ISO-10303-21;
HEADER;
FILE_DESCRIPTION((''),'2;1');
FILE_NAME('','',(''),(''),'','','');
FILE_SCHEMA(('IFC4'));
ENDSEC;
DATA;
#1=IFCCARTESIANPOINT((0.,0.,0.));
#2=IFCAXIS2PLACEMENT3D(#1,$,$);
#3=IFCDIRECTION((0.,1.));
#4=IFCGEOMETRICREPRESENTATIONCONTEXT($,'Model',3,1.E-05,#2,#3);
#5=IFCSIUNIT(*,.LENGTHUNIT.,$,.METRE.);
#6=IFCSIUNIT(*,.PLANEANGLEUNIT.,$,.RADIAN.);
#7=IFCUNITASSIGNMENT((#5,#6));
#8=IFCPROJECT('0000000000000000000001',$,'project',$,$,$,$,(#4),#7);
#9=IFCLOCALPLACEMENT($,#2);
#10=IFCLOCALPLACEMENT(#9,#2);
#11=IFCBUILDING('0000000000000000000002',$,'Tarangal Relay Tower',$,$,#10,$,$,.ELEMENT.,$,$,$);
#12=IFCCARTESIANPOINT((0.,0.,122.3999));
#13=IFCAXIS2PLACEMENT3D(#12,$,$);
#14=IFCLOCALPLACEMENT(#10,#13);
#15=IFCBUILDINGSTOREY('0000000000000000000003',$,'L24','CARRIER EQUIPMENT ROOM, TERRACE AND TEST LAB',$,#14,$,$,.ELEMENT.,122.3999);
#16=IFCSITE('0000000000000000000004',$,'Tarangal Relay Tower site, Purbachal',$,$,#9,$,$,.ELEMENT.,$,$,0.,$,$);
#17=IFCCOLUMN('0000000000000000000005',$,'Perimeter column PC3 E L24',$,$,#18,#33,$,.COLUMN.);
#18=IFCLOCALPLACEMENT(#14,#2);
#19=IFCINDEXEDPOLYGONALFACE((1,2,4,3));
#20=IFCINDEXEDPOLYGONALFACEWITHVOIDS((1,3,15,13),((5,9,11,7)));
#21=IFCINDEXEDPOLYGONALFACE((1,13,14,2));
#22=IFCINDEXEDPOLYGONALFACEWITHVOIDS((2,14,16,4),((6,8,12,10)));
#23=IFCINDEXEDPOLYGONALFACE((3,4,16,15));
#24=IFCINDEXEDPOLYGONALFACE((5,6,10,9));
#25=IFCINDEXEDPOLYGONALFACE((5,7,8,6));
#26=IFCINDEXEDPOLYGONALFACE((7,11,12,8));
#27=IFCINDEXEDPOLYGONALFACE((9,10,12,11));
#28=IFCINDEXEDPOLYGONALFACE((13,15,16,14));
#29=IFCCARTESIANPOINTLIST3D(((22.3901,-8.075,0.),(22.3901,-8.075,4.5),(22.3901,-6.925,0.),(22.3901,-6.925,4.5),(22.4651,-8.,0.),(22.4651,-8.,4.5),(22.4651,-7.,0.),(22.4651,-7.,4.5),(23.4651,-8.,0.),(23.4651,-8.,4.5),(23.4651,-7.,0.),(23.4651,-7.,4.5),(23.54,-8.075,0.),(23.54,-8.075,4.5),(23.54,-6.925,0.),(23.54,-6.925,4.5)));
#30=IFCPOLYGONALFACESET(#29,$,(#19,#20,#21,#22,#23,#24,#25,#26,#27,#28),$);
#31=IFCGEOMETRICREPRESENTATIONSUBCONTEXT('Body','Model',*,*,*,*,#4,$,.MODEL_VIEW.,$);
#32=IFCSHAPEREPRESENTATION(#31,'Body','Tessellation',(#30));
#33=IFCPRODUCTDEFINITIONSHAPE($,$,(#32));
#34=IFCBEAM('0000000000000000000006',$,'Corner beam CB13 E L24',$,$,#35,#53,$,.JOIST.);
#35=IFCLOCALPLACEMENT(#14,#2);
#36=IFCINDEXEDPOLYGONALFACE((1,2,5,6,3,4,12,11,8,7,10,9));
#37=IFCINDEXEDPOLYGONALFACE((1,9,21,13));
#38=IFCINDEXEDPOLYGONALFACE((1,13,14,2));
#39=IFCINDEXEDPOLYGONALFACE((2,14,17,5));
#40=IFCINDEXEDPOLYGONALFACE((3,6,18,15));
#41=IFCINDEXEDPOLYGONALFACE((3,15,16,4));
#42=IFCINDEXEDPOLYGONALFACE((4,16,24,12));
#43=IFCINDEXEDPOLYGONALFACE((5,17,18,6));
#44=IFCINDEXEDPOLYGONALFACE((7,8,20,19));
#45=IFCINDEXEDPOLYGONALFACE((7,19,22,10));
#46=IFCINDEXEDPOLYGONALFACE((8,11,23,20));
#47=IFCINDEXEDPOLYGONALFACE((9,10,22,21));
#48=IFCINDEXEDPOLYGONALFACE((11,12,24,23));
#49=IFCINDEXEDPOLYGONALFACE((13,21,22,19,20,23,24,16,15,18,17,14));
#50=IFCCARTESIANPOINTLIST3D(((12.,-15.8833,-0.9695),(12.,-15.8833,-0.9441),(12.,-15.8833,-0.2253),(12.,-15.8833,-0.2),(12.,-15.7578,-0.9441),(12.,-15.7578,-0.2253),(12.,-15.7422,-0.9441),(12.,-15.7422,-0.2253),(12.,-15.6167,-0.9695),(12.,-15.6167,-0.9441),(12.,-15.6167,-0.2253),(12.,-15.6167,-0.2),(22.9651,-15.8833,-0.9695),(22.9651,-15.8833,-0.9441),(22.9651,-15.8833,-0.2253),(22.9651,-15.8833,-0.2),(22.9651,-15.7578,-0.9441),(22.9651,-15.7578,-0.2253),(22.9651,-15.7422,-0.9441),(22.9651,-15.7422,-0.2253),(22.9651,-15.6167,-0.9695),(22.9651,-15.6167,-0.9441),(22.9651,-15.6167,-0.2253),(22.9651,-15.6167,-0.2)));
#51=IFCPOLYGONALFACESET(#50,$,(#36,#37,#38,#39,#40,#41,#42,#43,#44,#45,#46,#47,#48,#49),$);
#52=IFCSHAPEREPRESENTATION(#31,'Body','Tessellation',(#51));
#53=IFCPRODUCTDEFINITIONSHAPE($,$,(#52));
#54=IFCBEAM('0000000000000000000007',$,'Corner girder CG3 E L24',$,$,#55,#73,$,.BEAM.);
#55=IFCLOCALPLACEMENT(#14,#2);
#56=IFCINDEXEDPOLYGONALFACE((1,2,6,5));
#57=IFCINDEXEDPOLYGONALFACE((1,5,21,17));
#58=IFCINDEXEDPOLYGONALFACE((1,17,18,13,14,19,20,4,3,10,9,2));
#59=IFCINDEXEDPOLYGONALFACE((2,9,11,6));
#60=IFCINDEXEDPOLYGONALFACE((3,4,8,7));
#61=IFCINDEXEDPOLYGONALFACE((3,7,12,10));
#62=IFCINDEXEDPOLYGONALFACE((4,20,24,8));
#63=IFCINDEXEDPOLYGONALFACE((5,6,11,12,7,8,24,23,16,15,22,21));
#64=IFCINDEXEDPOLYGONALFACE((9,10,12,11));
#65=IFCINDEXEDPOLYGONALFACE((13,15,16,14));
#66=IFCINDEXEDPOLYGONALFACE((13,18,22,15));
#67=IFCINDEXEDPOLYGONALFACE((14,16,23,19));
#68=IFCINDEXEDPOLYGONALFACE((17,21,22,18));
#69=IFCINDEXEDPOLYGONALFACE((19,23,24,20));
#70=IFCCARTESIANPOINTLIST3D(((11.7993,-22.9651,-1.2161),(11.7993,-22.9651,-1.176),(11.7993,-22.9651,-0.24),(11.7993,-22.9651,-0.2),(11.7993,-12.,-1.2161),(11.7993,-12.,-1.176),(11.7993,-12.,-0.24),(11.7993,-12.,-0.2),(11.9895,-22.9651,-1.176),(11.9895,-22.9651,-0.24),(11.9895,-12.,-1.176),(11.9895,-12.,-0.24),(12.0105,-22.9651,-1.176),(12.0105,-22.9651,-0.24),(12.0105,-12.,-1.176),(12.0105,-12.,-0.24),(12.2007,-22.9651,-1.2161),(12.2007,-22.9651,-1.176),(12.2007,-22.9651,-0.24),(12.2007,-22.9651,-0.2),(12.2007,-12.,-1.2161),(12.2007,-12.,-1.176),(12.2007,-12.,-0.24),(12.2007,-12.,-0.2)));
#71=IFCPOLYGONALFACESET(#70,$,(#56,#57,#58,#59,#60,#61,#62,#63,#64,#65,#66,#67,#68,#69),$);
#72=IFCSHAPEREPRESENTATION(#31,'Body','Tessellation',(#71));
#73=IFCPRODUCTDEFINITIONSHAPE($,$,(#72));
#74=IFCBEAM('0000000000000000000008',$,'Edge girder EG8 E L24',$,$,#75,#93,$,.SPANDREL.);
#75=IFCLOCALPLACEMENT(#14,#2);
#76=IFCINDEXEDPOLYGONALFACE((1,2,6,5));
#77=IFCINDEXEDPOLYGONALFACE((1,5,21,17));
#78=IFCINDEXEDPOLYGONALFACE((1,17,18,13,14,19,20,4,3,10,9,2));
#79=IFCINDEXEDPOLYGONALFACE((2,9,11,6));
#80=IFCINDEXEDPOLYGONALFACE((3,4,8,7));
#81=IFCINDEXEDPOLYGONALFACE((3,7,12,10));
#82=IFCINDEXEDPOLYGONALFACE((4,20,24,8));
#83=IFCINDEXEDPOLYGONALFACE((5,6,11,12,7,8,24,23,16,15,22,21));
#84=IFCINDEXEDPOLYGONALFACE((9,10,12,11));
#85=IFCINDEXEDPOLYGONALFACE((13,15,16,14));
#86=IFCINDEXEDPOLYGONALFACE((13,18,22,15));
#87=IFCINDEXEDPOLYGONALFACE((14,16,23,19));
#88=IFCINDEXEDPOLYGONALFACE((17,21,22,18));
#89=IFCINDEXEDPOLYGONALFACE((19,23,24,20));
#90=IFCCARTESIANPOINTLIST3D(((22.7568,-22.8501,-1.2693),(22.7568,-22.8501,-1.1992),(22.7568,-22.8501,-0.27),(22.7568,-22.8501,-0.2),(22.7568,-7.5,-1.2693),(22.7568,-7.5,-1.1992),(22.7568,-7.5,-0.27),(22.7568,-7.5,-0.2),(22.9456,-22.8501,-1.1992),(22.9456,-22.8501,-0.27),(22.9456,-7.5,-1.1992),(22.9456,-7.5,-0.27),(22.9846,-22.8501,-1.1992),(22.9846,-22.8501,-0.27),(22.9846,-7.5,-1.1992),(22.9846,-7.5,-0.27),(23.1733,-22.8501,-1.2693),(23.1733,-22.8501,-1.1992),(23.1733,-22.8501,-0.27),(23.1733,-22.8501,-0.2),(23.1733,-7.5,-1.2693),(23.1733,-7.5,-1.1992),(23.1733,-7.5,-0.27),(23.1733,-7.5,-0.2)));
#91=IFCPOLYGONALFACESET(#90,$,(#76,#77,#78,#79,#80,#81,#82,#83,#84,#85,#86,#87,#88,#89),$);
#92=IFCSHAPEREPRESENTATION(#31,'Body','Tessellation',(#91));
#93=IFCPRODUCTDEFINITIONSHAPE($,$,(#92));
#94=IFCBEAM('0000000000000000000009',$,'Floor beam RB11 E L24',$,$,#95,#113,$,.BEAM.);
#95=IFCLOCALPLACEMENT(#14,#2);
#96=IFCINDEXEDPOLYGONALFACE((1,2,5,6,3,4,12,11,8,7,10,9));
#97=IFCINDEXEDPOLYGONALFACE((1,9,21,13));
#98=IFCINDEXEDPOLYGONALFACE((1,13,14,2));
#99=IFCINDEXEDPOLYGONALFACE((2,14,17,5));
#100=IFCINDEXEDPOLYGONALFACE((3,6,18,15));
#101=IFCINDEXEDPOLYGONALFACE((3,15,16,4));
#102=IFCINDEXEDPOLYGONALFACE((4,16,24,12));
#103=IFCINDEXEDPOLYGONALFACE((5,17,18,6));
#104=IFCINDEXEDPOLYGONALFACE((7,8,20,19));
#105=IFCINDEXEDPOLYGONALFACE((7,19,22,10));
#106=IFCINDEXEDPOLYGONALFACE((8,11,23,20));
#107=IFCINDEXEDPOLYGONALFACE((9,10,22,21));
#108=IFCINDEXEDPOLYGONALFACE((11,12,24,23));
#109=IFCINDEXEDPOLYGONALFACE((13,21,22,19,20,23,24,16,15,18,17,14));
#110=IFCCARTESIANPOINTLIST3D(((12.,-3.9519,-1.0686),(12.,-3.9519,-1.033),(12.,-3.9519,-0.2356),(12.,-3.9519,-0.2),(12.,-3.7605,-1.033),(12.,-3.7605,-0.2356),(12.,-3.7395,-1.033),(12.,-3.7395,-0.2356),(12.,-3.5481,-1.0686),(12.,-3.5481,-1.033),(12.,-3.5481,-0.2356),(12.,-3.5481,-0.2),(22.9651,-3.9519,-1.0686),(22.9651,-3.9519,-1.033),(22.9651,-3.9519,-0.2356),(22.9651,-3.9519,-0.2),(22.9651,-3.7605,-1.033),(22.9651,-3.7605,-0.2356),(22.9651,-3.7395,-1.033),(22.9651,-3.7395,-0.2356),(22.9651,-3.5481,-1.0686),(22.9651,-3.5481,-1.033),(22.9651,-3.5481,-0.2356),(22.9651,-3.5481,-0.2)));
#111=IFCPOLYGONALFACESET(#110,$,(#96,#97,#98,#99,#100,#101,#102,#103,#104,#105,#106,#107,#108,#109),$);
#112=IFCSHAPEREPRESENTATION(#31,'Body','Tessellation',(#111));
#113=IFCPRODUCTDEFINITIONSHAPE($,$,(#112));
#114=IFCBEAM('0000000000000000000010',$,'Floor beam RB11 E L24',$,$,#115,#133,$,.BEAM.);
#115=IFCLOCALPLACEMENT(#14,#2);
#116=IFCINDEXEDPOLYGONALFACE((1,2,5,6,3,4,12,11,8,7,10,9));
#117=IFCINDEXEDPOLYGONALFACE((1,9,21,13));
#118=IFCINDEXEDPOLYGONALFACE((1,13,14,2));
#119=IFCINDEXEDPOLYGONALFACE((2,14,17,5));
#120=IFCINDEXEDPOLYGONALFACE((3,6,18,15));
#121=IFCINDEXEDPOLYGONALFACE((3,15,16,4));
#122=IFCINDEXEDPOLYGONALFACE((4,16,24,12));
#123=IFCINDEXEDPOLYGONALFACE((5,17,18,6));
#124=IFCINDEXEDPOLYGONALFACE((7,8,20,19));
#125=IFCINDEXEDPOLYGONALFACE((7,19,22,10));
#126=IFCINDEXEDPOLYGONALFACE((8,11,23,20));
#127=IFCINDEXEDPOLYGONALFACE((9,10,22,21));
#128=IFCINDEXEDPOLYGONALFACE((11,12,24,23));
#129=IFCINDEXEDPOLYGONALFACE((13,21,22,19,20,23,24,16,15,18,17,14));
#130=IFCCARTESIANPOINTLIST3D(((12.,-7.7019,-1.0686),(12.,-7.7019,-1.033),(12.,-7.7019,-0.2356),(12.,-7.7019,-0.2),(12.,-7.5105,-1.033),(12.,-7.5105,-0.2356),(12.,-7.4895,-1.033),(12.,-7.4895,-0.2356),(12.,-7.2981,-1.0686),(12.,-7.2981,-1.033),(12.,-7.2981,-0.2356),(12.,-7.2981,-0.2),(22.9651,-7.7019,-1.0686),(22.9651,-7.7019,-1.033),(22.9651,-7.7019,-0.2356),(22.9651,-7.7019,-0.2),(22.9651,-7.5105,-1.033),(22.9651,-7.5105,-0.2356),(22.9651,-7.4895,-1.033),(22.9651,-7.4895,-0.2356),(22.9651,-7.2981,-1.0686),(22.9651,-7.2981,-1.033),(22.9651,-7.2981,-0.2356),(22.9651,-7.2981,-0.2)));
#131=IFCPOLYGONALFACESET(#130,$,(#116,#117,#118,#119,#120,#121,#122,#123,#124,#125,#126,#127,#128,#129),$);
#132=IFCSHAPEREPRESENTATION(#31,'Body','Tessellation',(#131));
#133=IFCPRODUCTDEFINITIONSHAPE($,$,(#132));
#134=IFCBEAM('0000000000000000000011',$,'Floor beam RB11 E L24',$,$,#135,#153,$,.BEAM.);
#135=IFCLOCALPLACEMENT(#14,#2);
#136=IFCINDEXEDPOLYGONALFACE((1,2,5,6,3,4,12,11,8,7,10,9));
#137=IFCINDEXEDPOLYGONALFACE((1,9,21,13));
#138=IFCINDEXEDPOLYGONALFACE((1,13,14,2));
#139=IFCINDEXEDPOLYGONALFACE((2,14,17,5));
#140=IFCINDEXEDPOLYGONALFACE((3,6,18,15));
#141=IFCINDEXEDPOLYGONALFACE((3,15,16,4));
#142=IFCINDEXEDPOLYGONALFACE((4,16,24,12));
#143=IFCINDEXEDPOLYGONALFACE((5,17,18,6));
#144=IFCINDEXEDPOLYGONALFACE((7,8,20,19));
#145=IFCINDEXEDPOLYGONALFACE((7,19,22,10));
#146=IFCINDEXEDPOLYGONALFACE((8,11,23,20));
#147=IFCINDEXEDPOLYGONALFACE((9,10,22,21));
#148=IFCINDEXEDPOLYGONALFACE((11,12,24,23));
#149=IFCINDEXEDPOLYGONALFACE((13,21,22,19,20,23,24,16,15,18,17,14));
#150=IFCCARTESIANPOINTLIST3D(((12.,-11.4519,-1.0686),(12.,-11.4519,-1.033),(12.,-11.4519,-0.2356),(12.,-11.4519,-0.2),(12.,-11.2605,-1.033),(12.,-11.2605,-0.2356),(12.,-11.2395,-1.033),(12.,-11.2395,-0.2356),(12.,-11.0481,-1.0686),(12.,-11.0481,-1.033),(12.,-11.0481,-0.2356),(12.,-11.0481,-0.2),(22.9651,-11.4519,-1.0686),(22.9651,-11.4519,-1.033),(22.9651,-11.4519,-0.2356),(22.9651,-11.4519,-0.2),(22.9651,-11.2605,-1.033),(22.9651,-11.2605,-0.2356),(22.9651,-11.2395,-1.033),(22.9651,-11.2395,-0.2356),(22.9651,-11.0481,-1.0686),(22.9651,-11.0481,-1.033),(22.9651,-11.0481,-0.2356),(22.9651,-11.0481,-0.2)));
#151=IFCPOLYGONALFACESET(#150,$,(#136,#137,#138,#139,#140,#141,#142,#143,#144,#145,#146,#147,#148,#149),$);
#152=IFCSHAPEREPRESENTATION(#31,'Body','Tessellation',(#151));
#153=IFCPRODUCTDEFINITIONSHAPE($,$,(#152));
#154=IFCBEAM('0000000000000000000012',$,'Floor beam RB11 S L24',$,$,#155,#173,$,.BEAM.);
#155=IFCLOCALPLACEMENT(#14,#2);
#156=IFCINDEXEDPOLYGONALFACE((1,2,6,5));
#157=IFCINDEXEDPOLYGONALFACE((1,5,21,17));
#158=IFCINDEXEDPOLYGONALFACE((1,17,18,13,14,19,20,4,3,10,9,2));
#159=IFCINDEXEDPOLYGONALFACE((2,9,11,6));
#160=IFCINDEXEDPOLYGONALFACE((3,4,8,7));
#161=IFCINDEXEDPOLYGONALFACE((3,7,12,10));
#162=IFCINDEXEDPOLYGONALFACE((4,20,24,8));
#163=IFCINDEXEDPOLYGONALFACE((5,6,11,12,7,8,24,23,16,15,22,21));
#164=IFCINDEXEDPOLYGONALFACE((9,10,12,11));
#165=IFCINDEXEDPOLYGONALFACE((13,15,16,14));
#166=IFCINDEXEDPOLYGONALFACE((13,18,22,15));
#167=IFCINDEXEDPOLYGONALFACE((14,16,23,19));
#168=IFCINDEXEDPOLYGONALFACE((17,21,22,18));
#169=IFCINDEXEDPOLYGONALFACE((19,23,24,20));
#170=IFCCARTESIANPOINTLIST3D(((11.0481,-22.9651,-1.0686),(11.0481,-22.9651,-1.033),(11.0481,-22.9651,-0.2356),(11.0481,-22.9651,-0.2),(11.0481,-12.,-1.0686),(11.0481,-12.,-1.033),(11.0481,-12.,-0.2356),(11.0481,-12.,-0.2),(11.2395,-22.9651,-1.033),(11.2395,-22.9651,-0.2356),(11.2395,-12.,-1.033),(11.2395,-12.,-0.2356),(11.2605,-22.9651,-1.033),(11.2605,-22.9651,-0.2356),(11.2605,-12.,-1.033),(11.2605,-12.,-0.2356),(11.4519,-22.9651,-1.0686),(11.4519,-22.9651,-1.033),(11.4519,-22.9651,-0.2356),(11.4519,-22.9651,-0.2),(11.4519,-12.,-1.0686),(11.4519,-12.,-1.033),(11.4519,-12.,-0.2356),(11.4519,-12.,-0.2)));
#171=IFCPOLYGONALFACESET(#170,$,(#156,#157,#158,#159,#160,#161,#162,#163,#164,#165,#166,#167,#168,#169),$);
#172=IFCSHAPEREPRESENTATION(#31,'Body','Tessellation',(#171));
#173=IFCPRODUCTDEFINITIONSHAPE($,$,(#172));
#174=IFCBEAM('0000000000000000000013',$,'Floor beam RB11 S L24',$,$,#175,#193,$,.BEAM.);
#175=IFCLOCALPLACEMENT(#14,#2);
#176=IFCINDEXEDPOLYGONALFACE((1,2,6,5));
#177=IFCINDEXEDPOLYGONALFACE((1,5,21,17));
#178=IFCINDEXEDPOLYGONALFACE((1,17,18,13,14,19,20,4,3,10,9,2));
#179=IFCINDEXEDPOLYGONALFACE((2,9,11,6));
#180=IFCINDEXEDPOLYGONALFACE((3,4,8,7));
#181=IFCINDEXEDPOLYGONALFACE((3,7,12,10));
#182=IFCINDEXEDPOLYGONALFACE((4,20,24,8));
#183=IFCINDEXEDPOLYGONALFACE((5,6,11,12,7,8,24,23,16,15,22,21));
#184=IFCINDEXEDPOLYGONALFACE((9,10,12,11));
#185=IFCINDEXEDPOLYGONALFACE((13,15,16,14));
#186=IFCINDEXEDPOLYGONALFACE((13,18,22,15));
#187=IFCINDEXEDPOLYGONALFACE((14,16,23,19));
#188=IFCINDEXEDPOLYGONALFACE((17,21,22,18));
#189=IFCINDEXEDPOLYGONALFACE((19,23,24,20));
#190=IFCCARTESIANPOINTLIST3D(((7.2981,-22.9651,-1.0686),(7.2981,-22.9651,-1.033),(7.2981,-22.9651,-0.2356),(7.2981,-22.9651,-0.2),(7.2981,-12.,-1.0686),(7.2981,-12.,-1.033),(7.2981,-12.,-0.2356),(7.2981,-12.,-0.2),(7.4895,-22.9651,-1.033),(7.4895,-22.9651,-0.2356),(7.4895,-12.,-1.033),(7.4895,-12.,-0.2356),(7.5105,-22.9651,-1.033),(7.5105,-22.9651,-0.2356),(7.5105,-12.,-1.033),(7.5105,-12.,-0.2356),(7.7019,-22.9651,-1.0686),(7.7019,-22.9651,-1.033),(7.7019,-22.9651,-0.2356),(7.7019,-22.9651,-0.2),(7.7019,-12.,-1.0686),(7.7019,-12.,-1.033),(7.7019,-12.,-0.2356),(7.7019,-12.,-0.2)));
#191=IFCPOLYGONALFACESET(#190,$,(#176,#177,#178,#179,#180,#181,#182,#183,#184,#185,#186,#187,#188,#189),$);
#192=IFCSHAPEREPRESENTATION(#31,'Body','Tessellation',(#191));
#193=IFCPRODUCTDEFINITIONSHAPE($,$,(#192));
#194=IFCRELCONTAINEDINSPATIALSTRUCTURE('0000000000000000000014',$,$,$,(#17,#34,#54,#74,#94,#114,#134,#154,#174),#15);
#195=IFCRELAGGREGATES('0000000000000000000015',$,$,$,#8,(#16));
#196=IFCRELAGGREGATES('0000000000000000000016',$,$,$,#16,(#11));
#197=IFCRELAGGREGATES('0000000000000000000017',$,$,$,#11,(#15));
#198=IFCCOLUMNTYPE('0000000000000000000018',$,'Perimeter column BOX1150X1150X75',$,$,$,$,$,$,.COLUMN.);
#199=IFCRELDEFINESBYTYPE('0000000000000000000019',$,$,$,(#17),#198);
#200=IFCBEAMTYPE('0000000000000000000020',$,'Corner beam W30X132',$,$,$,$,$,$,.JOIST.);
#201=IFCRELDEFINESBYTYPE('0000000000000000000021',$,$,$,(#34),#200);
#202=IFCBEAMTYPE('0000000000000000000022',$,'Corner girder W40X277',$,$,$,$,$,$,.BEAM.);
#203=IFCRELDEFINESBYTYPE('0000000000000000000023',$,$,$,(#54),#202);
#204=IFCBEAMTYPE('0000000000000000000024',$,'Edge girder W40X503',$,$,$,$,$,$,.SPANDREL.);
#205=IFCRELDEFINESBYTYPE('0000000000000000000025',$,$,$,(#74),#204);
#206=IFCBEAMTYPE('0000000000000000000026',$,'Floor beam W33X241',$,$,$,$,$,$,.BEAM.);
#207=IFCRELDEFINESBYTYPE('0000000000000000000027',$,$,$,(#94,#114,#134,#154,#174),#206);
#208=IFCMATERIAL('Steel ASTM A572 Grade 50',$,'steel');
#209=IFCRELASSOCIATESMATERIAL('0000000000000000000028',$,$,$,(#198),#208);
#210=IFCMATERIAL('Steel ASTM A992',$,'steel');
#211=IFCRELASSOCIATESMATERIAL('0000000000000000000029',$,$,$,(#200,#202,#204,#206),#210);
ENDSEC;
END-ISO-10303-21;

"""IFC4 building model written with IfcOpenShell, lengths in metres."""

from ifc_helpers import new_model, si_unit, direction, frame, origin, origin_2d, place, context, subcontext, project, spatial, hollow_rectangle, i_section, extrude, material, material_profile, profile_set, type_object, element, save


model = new_model("IFC4")

# Units and contexts
model_context = context("Model", 3, precision=1e-05, world=origin(), true_north=direction((0.0, 1.0)))
body_context = subcontext(model_context, "Body", "Model", "MODEL_VIEW")
ifc_project = project(units=[si_unit("LENGTHUNIT", "METRE"), si_unit("PLANEANGLEUNIT", "RADIAN")], contexts=[model_context])

# Site, building, storey
site_placement = place(None, origin())
site = spatial("IfcSite", under=ifc_project, at=site_placement, Name="Tarangal Relay Tower site, Purbachal", CompositionType="ELEMENT", RefElevation=0.0)
building_placement = place(site_placement, origin())
building = spatial("IfcBuilding", under=site, at=building_placement, Name="Tarangal Relay Tower", CompositionType="ELEMENT")
storey_placement = place(building_placement, frame((0.0, 0.0, 122.3999)))
storey = spatial("IfcBuildingStorey", under=building, at=storey_placement, Name="L24", Description="CARRIER EQUIPMENT ROOM, TERRACE AND TEST LAB", CompositionType="ELEMENT", Elevation=122.3999)

# Column
ifc_material_1 = material(Name="Steel ASTM A572 Grade 50", Category="steel")
ifc_material_profile_1 = material_profile(ifc_material_1, hollow_rectangle(XDim=1.1499, YDim=1.1499, WallThickness=0.075, at=origin_2d()), Name="BOX1150X1150X75")
ifc_profile_set_1 = profile_set([ifc_material_profile_1], Name="Steel ASTM A572 Grade 50")
column_type = type_object("IfcColumnType", Name="Perimeter column BOX1150X1150X75", PredefinedType="COLUMN", material=ifc_profile_set_1)
column_placement = place(storey_placement, frame((22.9651, -7.5, 0.0), z_axis=(0.0, 0.0, 1.0), x_axis=(1.0, 0.0, 0.0)))
element("IfcColumn", 1, at=column_placement, inside=storey, type_object=column_type, Name="Perimeter column PC3 E L24", PredefinedType="COLUMN", context=body_context, shape_type="SweptSolid", body=[
    extrude(hollow_rectangle(XDim=1.1499, YDim=1.1499, WallThickness=0.075, at=origin_2d()), origin(), (0.0, 0.0, 1.0), 4.5),
])

# Beams
ifc_material_2 = material(Name="Steel ASTM A992", Category="steel")
ifc_material_profile_2 = material_profile(ifc_material_2, i_section(OverallWidth=0.2666, OverallDepth=0.7695, WebThickness=0.0156, FlangeThickness=0.0254, at=origin_2d()), Name="W30X132")
ifc_profile_set_2 = profile_set([ifc_material_profile_2], Name="Steel ASTM A992")
beam_type_1 = type_object("IfcBeamType", Name="Corner beam W30X132", PredefinedType="JOIST", material=ifc_profile_set_2)
beam_1_placement = place(storey_placement, frame((12.0, -15.75, -0.5847), z_axis=(1.0, 0.0, 0.0), x_axis=(0.0, 1.0, 0.0)))
element("IfcBeam", 2, at=beam_1_placement, inside=storey, type_object=beam_type_1, Name="Corner beam CB13 E L24", PredefinedType="JOIST", context=body_context, shape_type="SweptSolid", body=[
    extrude(i_section(OverallWidth=0.2666, OverallDepth=0.7695, WebThickness=0.0156, FlangeThickness=0.0254, at=origin_2d()), origin(), (0.0, 0.0, 1.0), 10.9651),
])
ifc_material_profile_3 = material_profile(ifc_material_2, i_section(OverallWidth=0.4014, OverallDepth=1.0161, WebThickness=0.021, FlangeThickness=0.04, at=origin_2d()), Name="W40X277")
ifc_profile_set_3 = profile_set([ifc_material_profile_3], Name="Steel ASTM A992")
beam_type_2 = type_object("IfcBeamType", Name="Corner girder W40X277", PredefinedType="BEAM", material=ifc_profile_set_3)
beam_2_placement = place(storey_placement, frame((12.0, -12.0, -0.708), z_axis=(0.0, -1.0, 0.0), x_axis=(1.0, 0.0, 0.0)))
element("IfcBeam", 3, at=beam_2_placement, inside=storey, type_object=beam_type_2, Name="Corner girder CG3 E L24", PredefinedType="BEAM", context=body_context, shape_type="SweptSolid", body=[
    extrude(i_section(OverallWidth=0.4014, OverallDepth=1.0161, WebThickness=0.021, FlangeThickness=0.04, at=origin_2d()), origin(), (0.0, 0.0, 1.0), 10.9651),
])
ifc_material_profile_4 = material_profile(ifc_material_2, i_section(OverallWidth=0.4165, OverallDepth=1.0693, WebThickness=0.0391, FlangeThickness=0.0701, at=origin_2d()), Name="W40X503")
ifc_profile_set_4 = profile_set([ifc_material_profile_4], Name="Steel ASTM A992")
beam_type_3 = type_object("IfcBeamType", Name="Edge girder W40X503", PredefinedType="SPANDREL", material=ifc_profile_set_4)
beam_3_placement = place(storey_placement, frame((22.9651, -7.5, -0.7346), z_axis=(0.0, -1.0, 0.0), x_axis=(1.0, 0.0, 0.0)))
element("IfcBeam", 4, at=beam_3_placement, inside=storey, type_object=beam_type_3, Name="Edge girder EG8 E L24", PredefinedType="SPANDREL", context=body_context, shape_type="SweptSolid", body=[
    extrude(i_section(OverallWidth=0.4165, OverallDepth=1.0693, WebThickness=0.0391, FlangeThickness=0.0701, at=origin_2d()), origin(), (0.0, 0.0, 1.0), 15.3501),
])
ifc_material_profile_5 = material_profile(ifc_material_2, i_section(OverallWidth=0.4038, OverallDepth=0.8687, WebThickness=0.021, FlangeThickness=0.0356, at=origin_2d()), Name="W33X241")
ifc_profile_set_5 = profile_set([ifc_material_profile_5], Name="Steel ASTM A992")
beam_type_4 = type_object("IfcBeamType", Name="Floor beam W33X241", PredefinedType="BEAM", material=ifc_profile_set_5)
for number, where, z_axis, x_axis, name in (
    (5, (12.0, -3.75, -0.6343), (1.0, 0.0, 0.0), (0.0, 1.0, 0.0), "Floor beam RB11 E L24"),
    (6, (12.0, -7.5, -0.6343), (1.0, 0.0, 0.0), (0.0, 1.0, 0.0), "Floor beam RB11 E L24"),
    (7, (12.0, -11.25, -0.6343), (1.0, 0.0, 0.0), (0.0, 1.0, 0.0), "Floor beam RB11 E L24"),
    (8, (11.25, -12.0, -0.6343), (0.0, -1.0, 0.0), (1.0, 0.0, 0.0), "Floor beam RB11 S L24"),
    (9, (7.5, -12.0, -0.6343), (0.0, -1.0, 0.0), (1.0, 0.0, 0.0), "Floor beam RB11 S L24"),
):
    element("IfcBeam", number, at=place(storey_placement, frame(where, z_axis=z_axis, x_axis=x_axis)), inside=storey, type_object=beam_type_4, Name=name, PredefinedType="BEAM", context=body_context, shape_type="SweptSolid", body=[
        extrude(i_section(OverallWidth=0.4038, OverallDepth=0.8687, WebThickness=0.021, FlangeThickness=0.0356, at=origin_2d()), origin(), (0.0, 0.0, 1.0), 10.9651),
    ])

save(model, "model.ifc")
